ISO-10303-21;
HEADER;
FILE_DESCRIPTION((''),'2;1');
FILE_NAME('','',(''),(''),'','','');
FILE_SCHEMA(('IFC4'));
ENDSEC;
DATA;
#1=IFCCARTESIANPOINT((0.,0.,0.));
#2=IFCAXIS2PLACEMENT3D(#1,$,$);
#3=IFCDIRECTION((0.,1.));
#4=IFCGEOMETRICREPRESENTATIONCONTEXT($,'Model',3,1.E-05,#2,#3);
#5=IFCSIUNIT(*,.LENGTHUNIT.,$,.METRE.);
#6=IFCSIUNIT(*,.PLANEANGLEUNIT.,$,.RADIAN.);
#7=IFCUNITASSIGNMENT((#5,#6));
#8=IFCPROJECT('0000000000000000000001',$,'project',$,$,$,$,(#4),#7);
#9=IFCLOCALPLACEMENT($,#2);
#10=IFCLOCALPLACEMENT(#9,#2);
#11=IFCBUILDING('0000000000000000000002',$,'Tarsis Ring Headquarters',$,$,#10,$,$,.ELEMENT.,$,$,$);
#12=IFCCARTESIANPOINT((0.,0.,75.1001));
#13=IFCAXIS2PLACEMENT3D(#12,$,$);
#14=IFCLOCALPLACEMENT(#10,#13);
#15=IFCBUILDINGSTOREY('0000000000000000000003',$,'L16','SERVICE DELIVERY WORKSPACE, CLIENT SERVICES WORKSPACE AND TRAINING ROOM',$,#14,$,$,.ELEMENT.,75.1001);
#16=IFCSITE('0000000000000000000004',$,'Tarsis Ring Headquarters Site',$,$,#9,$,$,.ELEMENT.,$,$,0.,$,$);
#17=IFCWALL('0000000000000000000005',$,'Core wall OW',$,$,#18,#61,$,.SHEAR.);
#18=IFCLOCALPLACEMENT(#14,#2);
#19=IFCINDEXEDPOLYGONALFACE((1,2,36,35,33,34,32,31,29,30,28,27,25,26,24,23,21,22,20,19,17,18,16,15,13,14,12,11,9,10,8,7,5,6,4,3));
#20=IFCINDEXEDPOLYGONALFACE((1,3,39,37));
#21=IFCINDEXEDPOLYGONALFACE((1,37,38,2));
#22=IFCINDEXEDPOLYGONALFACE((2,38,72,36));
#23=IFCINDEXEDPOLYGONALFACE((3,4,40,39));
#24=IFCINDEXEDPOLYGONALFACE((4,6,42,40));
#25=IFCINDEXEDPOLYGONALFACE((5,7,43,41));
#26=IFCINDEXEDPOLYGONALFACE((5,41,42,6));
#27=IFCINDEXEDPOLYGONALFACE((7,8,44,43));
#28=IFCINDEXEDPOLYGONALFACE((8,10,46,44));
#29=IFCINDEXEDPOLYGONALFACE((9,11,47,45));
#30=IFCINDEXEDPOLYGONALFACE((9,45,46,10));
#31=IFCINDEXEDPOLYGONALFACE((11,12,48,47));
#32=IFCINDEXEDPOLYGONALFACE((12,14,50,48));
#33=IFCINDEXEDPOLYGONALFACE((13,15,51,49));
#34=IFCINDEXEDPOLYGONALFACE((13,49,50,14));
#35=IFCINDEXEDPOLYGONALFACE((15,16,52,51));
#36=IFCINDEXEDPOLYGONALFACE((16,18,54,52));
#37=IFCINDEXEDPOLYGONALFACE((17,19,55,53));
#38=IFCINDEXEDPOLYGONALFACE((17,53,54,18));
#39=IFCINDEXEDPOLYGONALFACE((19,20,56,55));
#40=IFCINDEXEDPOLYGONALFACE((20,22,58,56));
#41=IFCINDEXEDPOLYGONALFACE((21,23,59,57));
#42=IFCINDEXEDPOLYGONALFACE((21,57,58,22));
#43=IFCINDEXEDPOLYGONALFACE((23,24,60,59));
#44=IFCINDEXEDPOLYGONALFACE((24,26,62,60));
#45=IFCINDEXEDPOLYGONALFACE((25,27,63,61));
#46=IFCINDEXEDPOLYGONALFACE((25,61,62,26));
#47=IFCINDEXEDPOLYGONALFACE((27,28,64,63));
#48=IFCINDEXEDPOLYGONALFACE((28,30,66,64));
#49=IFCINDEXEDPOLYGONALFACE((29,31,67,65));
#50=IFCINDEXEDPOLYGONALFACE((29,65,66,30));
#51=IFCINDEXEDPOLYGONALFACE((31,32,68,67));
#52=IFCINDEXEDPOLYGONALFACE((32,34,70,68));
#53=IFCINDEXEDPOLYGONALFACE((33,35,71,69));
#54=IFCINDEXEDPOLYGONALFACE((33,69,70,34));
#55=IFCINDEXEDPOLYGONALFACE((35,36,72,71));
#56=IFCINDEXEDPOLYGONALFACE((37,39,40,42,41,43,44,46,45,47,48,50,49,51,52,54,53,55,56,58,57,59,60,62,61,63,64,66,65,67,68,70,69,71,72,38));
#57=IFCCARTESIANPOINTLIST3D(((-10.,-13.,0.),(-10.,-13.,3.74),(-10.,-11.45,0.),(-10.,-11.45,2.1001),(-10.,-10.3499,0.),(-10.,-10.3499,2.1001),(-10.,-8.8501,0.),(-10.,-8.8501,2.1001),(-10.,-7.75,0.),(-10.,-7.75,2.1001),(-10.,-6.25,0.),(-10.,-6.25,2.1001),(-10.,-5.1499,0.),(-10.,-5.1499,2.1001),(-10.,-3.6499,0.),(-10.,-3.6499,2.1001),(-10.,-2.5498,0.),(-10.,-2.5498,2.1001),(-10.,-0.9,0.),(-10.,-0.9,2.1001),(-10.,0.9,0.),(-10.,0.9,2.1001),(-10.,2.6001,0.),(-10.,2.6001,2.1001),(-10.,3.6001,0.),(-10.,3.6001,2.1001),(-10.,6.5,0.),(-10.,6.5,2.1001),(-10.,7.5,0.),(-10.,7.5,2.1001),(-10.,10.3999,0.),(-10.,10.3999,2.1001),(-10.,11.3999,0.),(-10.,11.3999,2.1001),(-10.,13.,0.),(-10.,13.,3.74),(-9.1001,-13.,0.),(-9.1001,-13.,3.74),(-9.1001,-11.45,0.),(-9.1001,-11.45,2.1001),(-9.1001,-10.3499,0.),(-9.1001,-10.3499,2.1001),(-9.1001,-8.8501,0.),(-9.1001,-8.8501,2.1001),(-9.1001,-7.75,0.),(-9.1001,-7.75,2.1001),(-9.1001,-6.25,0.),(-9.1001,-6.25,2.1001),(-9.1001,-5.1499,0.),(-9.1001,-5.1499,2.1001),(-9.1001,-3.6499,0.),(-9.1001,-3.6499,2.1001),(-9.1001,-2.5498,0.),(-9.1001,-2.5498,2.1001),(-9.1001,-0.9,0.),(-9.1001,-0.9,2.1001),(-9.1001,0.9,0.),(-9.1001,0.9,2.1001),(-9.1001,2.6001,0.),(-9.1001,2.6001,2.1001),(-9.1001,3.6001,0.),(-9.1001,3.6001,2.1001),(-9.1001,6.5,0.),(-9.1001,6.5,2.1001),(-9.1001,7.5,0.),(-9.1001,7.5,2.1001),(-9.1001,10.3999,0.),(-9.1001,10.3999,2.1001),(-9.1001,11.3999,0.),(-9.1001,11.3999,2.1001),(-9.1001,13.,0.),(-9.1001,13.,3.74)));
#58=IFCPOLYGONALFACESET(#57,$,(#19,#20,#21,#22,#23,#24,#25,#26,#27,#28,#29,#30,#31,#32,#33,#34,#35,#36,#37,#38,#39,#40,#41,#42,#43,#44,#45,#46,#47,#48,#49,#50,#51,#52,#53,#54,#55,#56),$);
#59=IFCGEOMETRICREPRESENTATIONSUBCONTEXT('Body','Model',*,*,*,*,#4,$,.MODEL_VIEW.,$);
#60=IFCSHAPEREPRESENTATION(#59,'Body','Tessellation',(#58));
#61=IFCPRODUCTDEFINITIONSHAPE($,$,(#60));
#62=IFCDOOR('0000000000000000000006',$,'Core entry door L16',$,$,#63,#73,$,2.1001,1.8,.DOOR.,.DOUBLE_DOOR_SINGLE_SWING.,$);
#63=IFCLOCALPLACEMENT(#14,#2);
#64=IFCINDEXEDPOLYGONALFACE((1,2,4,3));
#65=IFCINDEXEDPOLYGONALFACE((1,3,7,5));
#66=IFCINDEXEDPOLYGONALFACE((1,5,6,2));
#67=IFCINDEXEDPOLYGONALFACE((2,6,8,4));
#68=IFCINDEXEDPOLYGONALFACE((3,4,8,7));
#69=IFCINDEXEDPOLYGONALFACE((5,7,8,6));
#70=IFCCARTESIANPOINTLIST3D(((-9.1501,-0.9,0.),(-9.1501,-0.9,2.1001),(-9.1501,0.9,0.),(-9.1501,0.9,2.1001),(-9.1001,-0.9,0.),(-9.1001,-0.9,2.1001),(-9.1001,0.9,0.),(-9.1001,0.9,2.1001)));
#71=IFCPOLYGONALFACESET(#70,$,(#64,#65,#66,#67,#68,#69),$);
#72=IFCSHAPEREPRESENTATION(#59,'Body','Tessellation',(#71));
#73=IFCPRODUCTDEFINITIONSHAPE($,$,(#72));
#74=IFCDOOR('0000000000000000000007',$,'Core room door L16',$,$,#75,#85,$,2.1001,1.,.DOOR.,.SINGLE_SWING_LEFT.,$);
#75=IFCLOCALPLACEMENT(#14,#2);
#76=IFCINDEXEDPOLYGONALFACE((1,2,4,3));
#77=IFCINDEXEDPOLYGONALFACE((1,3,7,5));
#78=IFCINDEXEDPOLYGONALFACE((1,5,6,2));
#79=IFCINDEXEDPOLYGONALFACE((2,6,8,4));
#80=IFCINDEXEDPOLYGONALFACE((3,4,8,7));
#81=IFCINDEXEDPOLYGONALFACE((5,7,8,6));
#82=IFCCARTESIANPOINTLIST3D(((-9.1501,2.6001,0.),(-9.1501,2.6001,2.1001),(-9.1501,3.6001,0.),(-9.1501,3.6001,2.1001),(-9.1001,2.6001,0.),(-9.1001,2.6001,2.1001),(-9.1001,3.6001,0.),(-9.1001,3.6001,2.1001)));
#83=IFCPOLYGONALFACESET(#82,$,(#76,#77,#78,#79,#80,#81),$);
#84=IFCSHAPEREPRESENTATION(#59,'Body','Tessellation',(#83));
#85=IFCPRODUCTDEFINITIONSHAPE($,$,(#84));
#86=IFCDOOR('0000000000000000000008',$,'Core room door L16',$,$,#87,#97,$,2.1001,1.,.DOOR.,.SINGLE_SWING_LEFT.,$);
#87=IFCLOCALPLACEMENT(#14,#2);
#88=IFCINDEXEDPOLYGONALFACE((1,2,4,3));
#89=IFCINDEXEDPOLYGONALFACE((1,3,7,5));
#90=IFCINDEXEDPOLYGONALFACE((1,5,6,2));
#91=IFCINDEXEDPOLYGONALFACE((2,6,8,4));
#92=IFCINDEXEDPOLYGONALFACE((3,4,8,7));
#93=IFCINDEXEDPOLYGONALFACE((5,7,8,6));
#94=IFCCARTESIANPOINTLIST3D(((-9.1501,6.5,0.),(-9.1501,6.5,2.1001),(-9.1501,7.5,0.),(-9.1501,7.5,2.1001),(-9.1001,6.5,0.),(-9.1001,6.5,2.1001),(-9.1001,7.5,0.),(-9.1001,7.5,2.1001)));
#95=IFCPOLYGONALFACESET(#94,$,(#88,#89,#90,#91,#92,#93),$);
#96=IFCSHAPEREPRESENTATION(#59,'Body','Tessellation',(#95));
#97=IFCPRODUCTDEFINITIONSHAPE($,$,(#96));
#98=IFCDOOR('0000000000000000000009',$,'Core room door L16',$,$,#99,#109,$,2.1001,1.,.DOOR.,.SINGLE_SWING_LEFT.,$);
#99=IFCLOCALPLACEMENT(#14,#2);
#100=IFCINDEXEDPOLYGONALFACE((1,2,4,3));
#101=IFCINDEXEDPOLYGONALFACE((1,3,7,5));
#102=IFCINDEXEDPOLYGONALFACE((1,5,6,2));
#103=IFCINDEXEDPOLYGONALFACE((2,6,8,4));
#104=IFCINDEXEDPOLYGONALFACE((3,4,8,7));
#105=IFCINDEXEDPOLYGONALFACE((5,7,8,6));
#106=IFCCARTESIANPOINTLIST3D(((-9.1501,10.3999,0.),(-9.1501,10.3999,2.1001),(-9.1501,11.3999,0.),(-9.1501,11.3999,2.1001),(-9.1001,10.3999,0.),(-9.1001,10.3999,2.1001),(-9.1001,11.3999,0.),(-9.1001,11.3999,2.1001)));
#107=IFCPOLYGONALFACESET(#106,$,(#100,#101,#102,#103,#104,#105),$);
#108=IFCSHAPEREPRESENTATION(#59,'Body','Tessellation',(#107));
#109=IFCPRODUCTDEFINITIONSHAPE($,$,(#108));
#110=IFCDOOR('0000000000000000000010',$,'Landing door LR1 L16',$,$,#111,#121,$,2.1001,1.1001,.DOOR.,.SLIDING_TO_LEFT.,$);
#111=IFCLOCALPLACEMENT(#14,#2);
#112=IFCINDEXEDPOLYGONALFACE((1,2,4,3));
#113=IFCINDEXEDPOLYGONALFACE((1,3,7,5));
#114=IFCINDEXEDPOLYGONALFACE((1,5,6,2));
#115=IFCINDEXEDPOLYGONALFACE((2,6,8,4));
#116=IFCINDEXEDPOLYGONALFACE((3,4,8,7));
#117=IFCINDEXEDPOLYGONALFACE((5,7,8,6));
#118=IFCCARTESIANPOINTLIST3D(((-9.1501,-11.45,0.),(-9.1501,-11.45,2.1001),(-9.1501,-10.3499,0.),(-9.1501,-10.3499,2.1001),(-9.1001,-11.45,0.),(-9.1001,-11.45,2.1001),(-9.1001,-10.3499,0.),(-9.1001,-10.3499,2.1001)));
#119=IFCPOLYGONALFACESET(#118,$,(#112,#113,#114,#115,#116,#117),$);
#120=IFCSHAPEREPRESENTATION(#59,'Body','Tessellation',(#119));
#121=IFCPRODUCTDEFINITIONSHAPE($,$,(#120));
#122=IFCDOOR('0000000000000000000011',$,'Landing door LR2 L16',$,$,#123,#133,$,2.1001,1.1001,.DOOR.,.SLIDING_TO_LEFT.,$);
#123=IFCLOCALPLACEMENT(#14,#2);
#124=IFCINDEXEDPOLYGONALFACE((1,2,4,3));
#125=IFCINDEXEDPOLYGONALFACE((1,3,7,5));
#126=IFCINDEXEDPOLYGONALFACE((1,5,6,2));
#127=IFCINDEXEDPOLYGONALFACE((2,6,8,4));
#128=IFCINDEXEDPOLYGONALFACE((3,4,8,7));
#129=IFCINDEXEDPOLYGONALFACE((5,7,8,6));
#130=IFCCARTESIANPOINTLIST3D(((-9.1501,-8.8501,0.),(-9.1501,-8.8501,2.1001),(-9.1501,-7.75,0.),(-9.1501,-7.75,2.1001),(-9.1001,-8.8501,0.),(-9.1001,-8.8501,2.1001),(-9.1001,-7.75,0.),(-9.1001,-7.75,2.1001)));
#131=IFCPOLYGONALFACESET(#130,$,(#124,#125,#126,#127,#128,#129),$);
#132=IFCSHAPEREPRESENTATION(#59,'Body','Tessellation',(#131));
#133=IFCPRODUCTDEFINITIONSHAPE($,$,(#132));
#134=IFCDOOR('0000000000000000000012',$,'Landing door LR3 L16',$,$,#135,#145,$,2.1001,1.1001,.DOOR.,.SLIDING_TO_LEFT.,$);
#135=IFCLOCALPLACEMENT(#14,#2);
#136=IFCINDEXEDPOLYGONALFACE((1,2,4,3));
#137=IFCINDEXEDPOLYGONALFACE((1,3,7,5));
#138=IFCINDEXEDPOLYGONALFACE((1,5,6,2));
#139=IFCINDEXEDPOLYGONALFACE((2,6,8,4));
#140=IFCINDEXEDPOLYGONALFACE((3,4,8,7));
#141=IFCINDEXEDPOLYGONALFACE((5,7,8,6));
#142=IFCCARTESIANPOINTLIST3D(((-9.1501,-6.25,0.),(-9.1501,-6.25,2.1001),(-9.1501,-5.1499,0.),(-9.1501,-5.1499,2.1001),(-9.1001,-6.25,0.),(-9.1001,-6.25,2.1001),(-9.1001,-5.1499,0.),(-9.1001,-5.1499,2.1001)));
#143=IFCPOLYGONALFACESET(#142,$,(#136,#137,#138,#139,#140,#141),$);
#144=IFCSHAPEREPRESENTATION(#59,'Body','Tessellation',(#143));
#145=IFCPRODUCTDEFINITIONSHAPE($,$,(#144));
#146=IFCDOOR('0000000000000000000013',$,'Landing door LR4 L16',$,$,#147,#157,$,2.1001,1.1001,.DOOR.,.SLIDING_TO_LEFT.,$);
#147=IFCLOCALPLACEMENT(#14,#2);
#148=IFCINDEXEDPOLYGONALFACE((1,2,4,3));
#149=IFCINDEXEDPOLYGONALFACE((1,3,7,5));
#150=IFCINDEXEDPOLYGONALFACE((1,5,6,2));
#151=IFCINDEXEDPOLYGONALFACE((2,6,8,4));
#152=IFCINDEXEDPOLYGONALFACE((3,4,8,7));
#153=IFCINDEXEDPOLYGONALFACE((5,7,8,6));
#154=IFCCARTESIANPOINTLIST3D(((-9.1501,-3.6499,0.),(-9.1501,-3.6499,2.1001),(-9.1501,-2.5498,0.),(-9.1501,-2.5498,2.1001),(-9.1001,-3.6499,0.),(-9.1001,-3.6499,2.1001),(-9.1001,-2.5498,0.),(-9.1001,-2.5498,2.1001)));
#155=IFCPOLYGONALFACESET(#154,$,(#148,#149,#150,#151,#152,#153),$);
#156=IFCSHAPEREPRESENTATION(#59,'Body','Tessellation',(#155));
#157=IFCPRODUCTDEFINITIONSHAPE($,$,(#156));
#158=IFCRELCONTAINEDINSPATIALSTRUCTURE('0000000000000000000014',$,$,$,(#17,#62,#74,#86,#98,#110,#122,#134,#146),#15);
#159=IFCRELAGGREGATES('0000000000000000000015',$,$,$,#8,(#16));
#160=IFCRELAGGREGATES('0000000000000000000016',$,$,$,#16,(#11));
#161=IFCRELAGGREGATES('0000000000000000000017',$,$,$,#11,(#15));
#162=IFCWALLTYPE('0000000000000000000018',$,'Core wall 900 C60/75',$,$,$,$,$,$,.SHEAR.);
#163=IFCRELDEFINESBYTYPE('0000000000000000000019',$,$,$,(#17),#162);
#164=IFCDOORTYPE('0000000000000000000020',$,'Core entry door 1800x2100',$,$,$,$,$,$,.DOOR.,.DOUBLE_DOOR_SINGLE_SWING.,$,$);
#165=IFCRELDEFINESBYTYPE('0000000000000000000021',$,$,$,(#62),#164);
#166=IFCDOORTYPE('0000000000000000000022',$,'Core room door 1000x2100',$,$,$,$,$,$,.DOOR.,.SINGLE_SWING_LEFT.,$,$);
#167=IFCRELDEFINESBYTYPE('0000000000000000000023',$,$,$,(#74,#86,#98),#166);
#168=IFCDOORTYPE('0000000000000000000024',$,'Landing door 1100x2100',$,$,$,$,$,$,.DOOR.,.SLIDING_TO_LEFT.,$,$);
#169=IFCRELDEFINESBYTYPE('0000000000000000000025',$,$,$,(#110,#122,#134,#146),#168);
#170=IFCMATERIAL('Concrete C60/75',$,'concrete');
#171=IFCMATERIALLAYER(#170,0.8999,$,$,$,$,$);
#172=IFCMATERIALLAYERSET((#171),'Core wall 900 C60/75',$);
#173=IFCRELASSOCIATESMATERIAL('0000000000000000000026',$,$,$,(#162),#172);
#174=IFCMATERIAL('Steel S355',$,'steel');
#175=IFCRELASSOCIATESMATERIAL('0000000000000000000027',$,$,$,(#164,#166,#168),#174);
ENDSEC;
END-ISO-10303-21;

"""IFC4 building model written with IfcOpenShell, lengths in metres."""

from ifc_helpers import new_model, si_unit, direction, frame, frame_2d, origin, place, context, subcontext, project, spatial, rectangle, extrude, material, layer, layer_set, type_object, element, fill, save


model = new_model("IFC4")

# Units and contexts
model_context = context("Model", 3, precision=1e-05, world=origin(), true_north=direction((0.0, 1.0)))
body_context = subcontext(model_context, "Body", "Model", "MODEL_VIEW")
ifc_project = project(units=[si_unit("LENGTHUNIT", "METRE"), si_unit("PLANEANGLEUNIT", "RADIAN")], contexts=[model_context])

# Site, building, storey
site_placement = place(None, origin())
site = spatial("IfcSite", under=ifc_project, at=site_placement, Name="Tarsis Ring Headquarters Site", CompositionType="ELEMENT", RefElevation=0.0)
building_placement = place(site_placement, origin())
building = spatial("IfcBuilding", under=site, at=building_placement, Name="Tarsis Ring Headquarters", CompositionType="ELEMENT")
storey_placement = place(building_placement, frame((0.0, 0.0, 75.1001)))
storey = spatial("IfcBuildingStorey", under=building, at=storey_placement, Name="L16", Description="SERVICE DELIVERY WORKSPACE, CLIENT SERVICES WORKSPACE AND TRAINING ROOM", CompositionType="ELEMENT", Elevation=75.1001)

# Wall, openings, doors
ifc_material_1 = material(Name="Concrete C60/75", Category="concrete")
ifc_layer_1 = layer(ifc_material_1, 0.8999)
ifc_layer_set_1 = layer_set([ifc_layer_1], Name="Core wall 900 C60/75")
wall_type_1 = type_object("IfcWallType", Name="Core wall 900 C60/75", PredefinedType="SHEAR", material=ifc_layer_set_1)
wall_1_placement = place(storey_placement, frame((-9.55, -13.0, 0.0), z_axis=(0.0, 0.0, 1.0), x_axis=(0.0, 1.0, 0.0)))
wall_1 = element("IfcWall", 1, at=wall_1_placement, inside=storey, type_object=wall_type_1, Name="Core wall OW", PredefinedType="SHEAR", context=body_context, shape_type="SweptSolid", body=[
    extrude(rectangle(XDim=26.0, YDim=0.8999, at=frame_2d((13.0, 0.0))), origin(), (0.0, 0.0, 1.0), 3.74),
])
opening_1_placement = place(wall_1_placement, frame((1.55, 0.0, 0.0)))
opening_1 = element("IfcOpeningElement", 2, at=opening_1_placement, cuts=wall_1, PredefinedType="OPENING", context=body_context, shape_type="SweptSolid", body=[
    extrude(rectangle(XDim=1.1001, YDim=2.1001, at=frame_2d((0.55, 1.05))), frame((0.0, 0.46, 0.0), z_axis=(0.0, -1.0, 0.0), x_axis=(1.0, 0.0, 0.0)), (0.0, 0.0, 1.0), 0.9199),
])
opening_2_placement = place(wall_1_placement, frame((4.1499, 0.0, 0.0)))
opening_2 = element("IfcOpeningElement", 3, at=opening_2_placement, cuts=wall_1, PredefinedType="OPENING", context=body_context, shape_type="SweptSolid", body=[
    extrude(rectangle(XDim=1.1001, YDim=2.1001, at=frame_2d((0.55, 1.05))), frame((0.0, 0.46, 0.0), z_axis=(0.0, -1.0, 0.0), x_axis=(1.0, 0.0, 0.0)), (0.0, 0.0, 1.0), 0.9199),
])
opening_3_placement = place(wall_1_placement, frame((6.75, 0.0, 0.0)))
opening_3 = element("IfcOpeningElement", 4, at=opening_3_placement, cuts=wall_1, PredefinedType="OPENING", context=body_context, shape_type="SweptSolid", body=[
    extrude(rectangle(XDim=1.1001, YDim=2.1001, at=frame_2d((0.55, 1.05))), frame((0.0, 0.46, 0.0), z_axis=(0.0, -1.0, 0.0), x_axis=(1.0, 0.0, 0.0)), (0.0, 0.0, 1.0), 0.9199),
])
opening_4_placement = place(wall_1_placement, frame((9.3501, 0.0, 0.0)))
opening_4 = element("IfcOpeningElement", 5, at=opening_4_placement, cuts=wall_1, PredefinedType="OPENING", context=body_context, shape_type="SweptSolid", body=[
    extrude(rectangle(XDim=1.1001, YDim=2.1001, at=frame_2d((0.55, 1.05))), frame((0.0, 0.46, 0.0), z_axis=(0.0, -1.0, 0.0), x_axis=(1.0, 0.0, 0.0)), (0.0, 0.0, 1.0), 0.9199),
])
opening_5_placement = place(wall_1_placement, frame((12.1001, 0.0, 0.0)))
opening_5 = element("IfcOpeningElement", 6, at=opening_5_placement, cuts=wall_1, PredefinedType="OPENING", context=body_context, shape_type="SweptSolid", body=[
    extrude(rectangle(XDim=1.8, YDim=2.1001, at=frame_2d((0.8999, 1.05))), frame((0.0, 0.46, 0.0), z_axis=(0.0, -1.0, 0.0), x_axis=(1.0, 0.0, 0.0)), (0.0, 0.0, 1.0), 0.9199),
])
opening_6_placement = place(wall_1_placement, frame((15.6001, 0.0, 0.0)))
opening_6 = element("IfcOpeningElement", 7, at=opening_6_placement, cuts=wall_1, PredefinedType="OPENING", context=body_context, shape_type="SweptSolid", body=[
    extrude(rectangle(XDim=1.0, YDim=2.1001, at=frame_2d((0.5, 1.05))), frame((0.0, 0.46, 0.0), z_axis=(0.0, -1.0, 0.0), x_axis=(1.0, 0.0, 0.0)), (0.0, 0.0, 1.0), 0.9199),
])
opening_7_placement = place(wall_1_placement, frame((19.5, 0.0, 0.0)))
opening_7 = element("IfcOpeningElement", 8, at=opening_7_placement, cuts=wall_1, PredefinedType="OPENING", context=body_context, shape_type="SweptSolid", body=[
    extrude(rectangle(XDim=1.0, YDim=2.1001, at=frame_2d((0.5, 1.05))), frame((0.0, 0.46, 0.0), z_axis=(0.0, -1.0, 0.0), x_axis=(1.0, 0.0, 0.0)), (0.0, 0.0, 1.0), 0.9199),
])
opening_8_placement = place(wall_1_placement, frame((23.3999, 0.0, 0.0)))
opening_8 = element("IfcOpeningElement", 9, at=opening_8_placement, cuts=wall_1, PredefinedType="OPENING", context=body_context, shape_type="SweptSolid", body=[
    extrude(rectangle(XDim=1.0, YDim=2.1001, at=frame_2d((0.5, 1.05))), frame((0.0, 0.46, 0.0), z_axis=(0.0, -1.0, 0.0), x_axis=(1.0, 0.0, 0.0)), (0.0, 0.0, 1.0), 0.9199),
])
ifc_material_2 = material(Name="Steel S355", Category="steel")
door_type_1 = type_object("IfcDoorType", Name="Core entry door 1800x2100", OperationType="DOUBLE_DOOR_SINGLE_SWING", PredefinedType="DOOR", material=ifc_material_2)
door_1_placement = place(opening_5_placement, origin())
door_1 = element("IfcDoor", 10, at=door_1_placement, inside=storey, type_object=door_type_1, Name="Core entry door L16", OperationType="DOUBLE_DOOR_SINGLE_SWING", OverallHeight=2.1001, OverallWidth=1.8, PredefinedType="DOOR", context=body_context, shape_type="SweptSolid", body=[
    extrude(rectangle(XDim=1.8, YDim=2.1001, at=frame_2d((0.8999, 1.05))), frame((0.0, -0.3999, 0.0), z_axis=(0.0, -1.0, 0.0), x_axis=(1.0, 0.0, 0.0)), (0.0, 0.0, 1.0), 0.05),
])
fill(opening_5, door_1)
door_type_2 = type_object("IfcDoorType", Name="Core room door 1000x2100", OperationType="SINGLE_SWING_LEFT", PredefinedType="DOOR", material=ifc_material_2)
door_2_placement = place(opening_6_placement, origin())
door_2 = element("IfcDoor", 11, at=door_2_placement, inside=storey, type_object=door_type_2, Name="Core room door L16", OperationType="SINGLE_SWING_LEFT", OverallHeight=2.1001, OverallWidth=1.0, PredefinedType="DOOR", context=body_context, shape_type="SweptSolid", body=[
    extrude(rectangle(XDim=1.0, YDim=2.1001, at=frame_2d((0.5, 1.05))), frame((0.0, -0.3999, 0.0), z_axis=(0.0, -1.0, 0.0), x_axis=(1.0, 0.0, 0.0)), (0.0, 0.0, 1.0), 0.05),
])
fill(opening_6, door_2)
door_3_placement = place(opening_7_placement, origin())
door_3 = element("IfcDoor", 12, at=door_3_placement, inside=storey, type_object=door_type_2, Name="Core room door L16", OperationType="SINGLE_SWING_LEFT", OverallHeight=2.1001, OverallWidth=1.0, PredefinedType="DOOR", context=body_context, shape_type="SweptSolid", body=[
    extrude(rectangle(XDim=1.0, YDim=2.1001, at=frame_2d((0.5, 1.05))), frame((0.0, -0.3999, 0.0), z_axis=(0.0, -1.0, 0.0), x_axis=(1.0, 0.0, 0.0)), (0.0, 0.0, 1.0), 0.05),
])
fill(opening_7, door_3)
door_4_placement = place(opening_8_placement, origin())
door_4 = element("IfcDoor", 13, at=door_4_placement, inside=storey, type_object=door_type_2, Name="Core room door L16", OperationType="SINGLE_SWING_LEFT", OverallHeight=2.1001, OverallWidth=1.0, PredefinedType="DOOR", context=body_context, shape_type="SweptSolid", body=[
    extrude(rectangle(XDim=1.0, YDim=2.1001, at=frame_2d((0.5, 1.05))), frame((0.0, -0.3999, 0.0), z_axis=(0.0, -1.0, 0.0), x_axis=(1.0, 0.0, 0.0)), (0.0, 0.0, 1.0), 0.05),
])
fill(opening_8, door_4)
door_type_3 = type_object("IfcDoorType", Name="Landing door 1100x2100", OperationType="SLIDING_TO_LEFT", PredefinedType="DOOR", material=ifc_material_2)
door_5_placement = place(opening_1_placement, origin())
door_5 = element("IfcDoor", 14, at=door_5_placement, inside=storey, type_object=door_type_3, Name="Landing door LR1 L16", OperationType="SLIDING_TO_LEFT", OverallHeight=2.1001, OverallWidth=1.1001, PredefinedType="DOOR", context=body_context, shape_type="SweptSolid", body=[
    extrude(rectangle(XDim=1.1001, YDim=2.1001, at=frame_2d((0.55, 1.05))), frame((0.0, -0.3999, 0.0), z_axis=(0.0, -1.0, 0.0), x_axis=(1.0, 0.0, 0.0)), (0.0, 0.0, 1.0), 0.05),
])
fill(opening_1, door_5)
door_6_placement = place(opening_2_placement, origin())
door_6 = element("IfcDoor", 15, at=door_6_placement, inside=storey, type_object=door_type_3, Name="Landing door LR2 L16", OperationType="SLIDING_TO_LEFT", OverallHeight=2.1001, OverallWidth=1.1001, PredefinedType="DOOR", context=body_context, shape_type="SweptSolid", body=[
    extrude(rectangle(XDim=1.1001, YDim=2.1001, at=frame_2d((0.55, 1.05))), frame((0.0, -0.3999, 0.0), z_axis=(0.0, -1.0, 0.0), x_axis=(1.0, 0.0, 0.0)), (0.0, 0.0, 1.0), 0.05),
])
fill(opening_2, door_6)
door_7_placement = place(opening_3_placement, origin())
door_7 = element("IfcDoor", 16, at=door_7_placement, inside=storey, type_object=door_type_3, Name="Landing door LR3 L16", OperationType="SLIDING_TO_LEFT", OverallHeight=2.1001, OverallWidth=1.1001, PredefinedType="DOOR", context=body_context, shape_type="SweptSolid", body=[
    extrude(rectangle(XDim=1.1001, YDim=2.1001, at=frame_2d((0.55, 1.05))), frame((0.0, -0.3999, 0.0), z_axis=(0.0, -1.0, 0.0), x_axis=(1.0, 0.0, 0.0)), (0.0, 0.0, 1.0), 0.05),
])
fill(opening_3, door_7)
door_8_placement = place(opening_4_placement, origin())
door_8 = element("IfcDoor", 17, at=door_8_placement, inside=storey, type_object=door_type_3, Name="Landing door LR4 L16", OperationType="SLIDING_TO_LEFT", OverallHeight=2.1001, OverallWidth=1.1001, PredefinedType="DOOR", context=body_context, shape_type="SweptSolid", body=[
    extrude(rectangle(XDim=1.1001, YDim=2.1001, at=frame_2d((0.55, 1.05))), frame((0.0, -0.3999, 0.0), z_axis=(0.0, -1.0, 0.0), x_axis=(1.0, 0.0, 0.0)), (0.0, 0.0, 1.0), 0.05),
])
fill(opening_4, door_8)

save(model, "model.ifc")
